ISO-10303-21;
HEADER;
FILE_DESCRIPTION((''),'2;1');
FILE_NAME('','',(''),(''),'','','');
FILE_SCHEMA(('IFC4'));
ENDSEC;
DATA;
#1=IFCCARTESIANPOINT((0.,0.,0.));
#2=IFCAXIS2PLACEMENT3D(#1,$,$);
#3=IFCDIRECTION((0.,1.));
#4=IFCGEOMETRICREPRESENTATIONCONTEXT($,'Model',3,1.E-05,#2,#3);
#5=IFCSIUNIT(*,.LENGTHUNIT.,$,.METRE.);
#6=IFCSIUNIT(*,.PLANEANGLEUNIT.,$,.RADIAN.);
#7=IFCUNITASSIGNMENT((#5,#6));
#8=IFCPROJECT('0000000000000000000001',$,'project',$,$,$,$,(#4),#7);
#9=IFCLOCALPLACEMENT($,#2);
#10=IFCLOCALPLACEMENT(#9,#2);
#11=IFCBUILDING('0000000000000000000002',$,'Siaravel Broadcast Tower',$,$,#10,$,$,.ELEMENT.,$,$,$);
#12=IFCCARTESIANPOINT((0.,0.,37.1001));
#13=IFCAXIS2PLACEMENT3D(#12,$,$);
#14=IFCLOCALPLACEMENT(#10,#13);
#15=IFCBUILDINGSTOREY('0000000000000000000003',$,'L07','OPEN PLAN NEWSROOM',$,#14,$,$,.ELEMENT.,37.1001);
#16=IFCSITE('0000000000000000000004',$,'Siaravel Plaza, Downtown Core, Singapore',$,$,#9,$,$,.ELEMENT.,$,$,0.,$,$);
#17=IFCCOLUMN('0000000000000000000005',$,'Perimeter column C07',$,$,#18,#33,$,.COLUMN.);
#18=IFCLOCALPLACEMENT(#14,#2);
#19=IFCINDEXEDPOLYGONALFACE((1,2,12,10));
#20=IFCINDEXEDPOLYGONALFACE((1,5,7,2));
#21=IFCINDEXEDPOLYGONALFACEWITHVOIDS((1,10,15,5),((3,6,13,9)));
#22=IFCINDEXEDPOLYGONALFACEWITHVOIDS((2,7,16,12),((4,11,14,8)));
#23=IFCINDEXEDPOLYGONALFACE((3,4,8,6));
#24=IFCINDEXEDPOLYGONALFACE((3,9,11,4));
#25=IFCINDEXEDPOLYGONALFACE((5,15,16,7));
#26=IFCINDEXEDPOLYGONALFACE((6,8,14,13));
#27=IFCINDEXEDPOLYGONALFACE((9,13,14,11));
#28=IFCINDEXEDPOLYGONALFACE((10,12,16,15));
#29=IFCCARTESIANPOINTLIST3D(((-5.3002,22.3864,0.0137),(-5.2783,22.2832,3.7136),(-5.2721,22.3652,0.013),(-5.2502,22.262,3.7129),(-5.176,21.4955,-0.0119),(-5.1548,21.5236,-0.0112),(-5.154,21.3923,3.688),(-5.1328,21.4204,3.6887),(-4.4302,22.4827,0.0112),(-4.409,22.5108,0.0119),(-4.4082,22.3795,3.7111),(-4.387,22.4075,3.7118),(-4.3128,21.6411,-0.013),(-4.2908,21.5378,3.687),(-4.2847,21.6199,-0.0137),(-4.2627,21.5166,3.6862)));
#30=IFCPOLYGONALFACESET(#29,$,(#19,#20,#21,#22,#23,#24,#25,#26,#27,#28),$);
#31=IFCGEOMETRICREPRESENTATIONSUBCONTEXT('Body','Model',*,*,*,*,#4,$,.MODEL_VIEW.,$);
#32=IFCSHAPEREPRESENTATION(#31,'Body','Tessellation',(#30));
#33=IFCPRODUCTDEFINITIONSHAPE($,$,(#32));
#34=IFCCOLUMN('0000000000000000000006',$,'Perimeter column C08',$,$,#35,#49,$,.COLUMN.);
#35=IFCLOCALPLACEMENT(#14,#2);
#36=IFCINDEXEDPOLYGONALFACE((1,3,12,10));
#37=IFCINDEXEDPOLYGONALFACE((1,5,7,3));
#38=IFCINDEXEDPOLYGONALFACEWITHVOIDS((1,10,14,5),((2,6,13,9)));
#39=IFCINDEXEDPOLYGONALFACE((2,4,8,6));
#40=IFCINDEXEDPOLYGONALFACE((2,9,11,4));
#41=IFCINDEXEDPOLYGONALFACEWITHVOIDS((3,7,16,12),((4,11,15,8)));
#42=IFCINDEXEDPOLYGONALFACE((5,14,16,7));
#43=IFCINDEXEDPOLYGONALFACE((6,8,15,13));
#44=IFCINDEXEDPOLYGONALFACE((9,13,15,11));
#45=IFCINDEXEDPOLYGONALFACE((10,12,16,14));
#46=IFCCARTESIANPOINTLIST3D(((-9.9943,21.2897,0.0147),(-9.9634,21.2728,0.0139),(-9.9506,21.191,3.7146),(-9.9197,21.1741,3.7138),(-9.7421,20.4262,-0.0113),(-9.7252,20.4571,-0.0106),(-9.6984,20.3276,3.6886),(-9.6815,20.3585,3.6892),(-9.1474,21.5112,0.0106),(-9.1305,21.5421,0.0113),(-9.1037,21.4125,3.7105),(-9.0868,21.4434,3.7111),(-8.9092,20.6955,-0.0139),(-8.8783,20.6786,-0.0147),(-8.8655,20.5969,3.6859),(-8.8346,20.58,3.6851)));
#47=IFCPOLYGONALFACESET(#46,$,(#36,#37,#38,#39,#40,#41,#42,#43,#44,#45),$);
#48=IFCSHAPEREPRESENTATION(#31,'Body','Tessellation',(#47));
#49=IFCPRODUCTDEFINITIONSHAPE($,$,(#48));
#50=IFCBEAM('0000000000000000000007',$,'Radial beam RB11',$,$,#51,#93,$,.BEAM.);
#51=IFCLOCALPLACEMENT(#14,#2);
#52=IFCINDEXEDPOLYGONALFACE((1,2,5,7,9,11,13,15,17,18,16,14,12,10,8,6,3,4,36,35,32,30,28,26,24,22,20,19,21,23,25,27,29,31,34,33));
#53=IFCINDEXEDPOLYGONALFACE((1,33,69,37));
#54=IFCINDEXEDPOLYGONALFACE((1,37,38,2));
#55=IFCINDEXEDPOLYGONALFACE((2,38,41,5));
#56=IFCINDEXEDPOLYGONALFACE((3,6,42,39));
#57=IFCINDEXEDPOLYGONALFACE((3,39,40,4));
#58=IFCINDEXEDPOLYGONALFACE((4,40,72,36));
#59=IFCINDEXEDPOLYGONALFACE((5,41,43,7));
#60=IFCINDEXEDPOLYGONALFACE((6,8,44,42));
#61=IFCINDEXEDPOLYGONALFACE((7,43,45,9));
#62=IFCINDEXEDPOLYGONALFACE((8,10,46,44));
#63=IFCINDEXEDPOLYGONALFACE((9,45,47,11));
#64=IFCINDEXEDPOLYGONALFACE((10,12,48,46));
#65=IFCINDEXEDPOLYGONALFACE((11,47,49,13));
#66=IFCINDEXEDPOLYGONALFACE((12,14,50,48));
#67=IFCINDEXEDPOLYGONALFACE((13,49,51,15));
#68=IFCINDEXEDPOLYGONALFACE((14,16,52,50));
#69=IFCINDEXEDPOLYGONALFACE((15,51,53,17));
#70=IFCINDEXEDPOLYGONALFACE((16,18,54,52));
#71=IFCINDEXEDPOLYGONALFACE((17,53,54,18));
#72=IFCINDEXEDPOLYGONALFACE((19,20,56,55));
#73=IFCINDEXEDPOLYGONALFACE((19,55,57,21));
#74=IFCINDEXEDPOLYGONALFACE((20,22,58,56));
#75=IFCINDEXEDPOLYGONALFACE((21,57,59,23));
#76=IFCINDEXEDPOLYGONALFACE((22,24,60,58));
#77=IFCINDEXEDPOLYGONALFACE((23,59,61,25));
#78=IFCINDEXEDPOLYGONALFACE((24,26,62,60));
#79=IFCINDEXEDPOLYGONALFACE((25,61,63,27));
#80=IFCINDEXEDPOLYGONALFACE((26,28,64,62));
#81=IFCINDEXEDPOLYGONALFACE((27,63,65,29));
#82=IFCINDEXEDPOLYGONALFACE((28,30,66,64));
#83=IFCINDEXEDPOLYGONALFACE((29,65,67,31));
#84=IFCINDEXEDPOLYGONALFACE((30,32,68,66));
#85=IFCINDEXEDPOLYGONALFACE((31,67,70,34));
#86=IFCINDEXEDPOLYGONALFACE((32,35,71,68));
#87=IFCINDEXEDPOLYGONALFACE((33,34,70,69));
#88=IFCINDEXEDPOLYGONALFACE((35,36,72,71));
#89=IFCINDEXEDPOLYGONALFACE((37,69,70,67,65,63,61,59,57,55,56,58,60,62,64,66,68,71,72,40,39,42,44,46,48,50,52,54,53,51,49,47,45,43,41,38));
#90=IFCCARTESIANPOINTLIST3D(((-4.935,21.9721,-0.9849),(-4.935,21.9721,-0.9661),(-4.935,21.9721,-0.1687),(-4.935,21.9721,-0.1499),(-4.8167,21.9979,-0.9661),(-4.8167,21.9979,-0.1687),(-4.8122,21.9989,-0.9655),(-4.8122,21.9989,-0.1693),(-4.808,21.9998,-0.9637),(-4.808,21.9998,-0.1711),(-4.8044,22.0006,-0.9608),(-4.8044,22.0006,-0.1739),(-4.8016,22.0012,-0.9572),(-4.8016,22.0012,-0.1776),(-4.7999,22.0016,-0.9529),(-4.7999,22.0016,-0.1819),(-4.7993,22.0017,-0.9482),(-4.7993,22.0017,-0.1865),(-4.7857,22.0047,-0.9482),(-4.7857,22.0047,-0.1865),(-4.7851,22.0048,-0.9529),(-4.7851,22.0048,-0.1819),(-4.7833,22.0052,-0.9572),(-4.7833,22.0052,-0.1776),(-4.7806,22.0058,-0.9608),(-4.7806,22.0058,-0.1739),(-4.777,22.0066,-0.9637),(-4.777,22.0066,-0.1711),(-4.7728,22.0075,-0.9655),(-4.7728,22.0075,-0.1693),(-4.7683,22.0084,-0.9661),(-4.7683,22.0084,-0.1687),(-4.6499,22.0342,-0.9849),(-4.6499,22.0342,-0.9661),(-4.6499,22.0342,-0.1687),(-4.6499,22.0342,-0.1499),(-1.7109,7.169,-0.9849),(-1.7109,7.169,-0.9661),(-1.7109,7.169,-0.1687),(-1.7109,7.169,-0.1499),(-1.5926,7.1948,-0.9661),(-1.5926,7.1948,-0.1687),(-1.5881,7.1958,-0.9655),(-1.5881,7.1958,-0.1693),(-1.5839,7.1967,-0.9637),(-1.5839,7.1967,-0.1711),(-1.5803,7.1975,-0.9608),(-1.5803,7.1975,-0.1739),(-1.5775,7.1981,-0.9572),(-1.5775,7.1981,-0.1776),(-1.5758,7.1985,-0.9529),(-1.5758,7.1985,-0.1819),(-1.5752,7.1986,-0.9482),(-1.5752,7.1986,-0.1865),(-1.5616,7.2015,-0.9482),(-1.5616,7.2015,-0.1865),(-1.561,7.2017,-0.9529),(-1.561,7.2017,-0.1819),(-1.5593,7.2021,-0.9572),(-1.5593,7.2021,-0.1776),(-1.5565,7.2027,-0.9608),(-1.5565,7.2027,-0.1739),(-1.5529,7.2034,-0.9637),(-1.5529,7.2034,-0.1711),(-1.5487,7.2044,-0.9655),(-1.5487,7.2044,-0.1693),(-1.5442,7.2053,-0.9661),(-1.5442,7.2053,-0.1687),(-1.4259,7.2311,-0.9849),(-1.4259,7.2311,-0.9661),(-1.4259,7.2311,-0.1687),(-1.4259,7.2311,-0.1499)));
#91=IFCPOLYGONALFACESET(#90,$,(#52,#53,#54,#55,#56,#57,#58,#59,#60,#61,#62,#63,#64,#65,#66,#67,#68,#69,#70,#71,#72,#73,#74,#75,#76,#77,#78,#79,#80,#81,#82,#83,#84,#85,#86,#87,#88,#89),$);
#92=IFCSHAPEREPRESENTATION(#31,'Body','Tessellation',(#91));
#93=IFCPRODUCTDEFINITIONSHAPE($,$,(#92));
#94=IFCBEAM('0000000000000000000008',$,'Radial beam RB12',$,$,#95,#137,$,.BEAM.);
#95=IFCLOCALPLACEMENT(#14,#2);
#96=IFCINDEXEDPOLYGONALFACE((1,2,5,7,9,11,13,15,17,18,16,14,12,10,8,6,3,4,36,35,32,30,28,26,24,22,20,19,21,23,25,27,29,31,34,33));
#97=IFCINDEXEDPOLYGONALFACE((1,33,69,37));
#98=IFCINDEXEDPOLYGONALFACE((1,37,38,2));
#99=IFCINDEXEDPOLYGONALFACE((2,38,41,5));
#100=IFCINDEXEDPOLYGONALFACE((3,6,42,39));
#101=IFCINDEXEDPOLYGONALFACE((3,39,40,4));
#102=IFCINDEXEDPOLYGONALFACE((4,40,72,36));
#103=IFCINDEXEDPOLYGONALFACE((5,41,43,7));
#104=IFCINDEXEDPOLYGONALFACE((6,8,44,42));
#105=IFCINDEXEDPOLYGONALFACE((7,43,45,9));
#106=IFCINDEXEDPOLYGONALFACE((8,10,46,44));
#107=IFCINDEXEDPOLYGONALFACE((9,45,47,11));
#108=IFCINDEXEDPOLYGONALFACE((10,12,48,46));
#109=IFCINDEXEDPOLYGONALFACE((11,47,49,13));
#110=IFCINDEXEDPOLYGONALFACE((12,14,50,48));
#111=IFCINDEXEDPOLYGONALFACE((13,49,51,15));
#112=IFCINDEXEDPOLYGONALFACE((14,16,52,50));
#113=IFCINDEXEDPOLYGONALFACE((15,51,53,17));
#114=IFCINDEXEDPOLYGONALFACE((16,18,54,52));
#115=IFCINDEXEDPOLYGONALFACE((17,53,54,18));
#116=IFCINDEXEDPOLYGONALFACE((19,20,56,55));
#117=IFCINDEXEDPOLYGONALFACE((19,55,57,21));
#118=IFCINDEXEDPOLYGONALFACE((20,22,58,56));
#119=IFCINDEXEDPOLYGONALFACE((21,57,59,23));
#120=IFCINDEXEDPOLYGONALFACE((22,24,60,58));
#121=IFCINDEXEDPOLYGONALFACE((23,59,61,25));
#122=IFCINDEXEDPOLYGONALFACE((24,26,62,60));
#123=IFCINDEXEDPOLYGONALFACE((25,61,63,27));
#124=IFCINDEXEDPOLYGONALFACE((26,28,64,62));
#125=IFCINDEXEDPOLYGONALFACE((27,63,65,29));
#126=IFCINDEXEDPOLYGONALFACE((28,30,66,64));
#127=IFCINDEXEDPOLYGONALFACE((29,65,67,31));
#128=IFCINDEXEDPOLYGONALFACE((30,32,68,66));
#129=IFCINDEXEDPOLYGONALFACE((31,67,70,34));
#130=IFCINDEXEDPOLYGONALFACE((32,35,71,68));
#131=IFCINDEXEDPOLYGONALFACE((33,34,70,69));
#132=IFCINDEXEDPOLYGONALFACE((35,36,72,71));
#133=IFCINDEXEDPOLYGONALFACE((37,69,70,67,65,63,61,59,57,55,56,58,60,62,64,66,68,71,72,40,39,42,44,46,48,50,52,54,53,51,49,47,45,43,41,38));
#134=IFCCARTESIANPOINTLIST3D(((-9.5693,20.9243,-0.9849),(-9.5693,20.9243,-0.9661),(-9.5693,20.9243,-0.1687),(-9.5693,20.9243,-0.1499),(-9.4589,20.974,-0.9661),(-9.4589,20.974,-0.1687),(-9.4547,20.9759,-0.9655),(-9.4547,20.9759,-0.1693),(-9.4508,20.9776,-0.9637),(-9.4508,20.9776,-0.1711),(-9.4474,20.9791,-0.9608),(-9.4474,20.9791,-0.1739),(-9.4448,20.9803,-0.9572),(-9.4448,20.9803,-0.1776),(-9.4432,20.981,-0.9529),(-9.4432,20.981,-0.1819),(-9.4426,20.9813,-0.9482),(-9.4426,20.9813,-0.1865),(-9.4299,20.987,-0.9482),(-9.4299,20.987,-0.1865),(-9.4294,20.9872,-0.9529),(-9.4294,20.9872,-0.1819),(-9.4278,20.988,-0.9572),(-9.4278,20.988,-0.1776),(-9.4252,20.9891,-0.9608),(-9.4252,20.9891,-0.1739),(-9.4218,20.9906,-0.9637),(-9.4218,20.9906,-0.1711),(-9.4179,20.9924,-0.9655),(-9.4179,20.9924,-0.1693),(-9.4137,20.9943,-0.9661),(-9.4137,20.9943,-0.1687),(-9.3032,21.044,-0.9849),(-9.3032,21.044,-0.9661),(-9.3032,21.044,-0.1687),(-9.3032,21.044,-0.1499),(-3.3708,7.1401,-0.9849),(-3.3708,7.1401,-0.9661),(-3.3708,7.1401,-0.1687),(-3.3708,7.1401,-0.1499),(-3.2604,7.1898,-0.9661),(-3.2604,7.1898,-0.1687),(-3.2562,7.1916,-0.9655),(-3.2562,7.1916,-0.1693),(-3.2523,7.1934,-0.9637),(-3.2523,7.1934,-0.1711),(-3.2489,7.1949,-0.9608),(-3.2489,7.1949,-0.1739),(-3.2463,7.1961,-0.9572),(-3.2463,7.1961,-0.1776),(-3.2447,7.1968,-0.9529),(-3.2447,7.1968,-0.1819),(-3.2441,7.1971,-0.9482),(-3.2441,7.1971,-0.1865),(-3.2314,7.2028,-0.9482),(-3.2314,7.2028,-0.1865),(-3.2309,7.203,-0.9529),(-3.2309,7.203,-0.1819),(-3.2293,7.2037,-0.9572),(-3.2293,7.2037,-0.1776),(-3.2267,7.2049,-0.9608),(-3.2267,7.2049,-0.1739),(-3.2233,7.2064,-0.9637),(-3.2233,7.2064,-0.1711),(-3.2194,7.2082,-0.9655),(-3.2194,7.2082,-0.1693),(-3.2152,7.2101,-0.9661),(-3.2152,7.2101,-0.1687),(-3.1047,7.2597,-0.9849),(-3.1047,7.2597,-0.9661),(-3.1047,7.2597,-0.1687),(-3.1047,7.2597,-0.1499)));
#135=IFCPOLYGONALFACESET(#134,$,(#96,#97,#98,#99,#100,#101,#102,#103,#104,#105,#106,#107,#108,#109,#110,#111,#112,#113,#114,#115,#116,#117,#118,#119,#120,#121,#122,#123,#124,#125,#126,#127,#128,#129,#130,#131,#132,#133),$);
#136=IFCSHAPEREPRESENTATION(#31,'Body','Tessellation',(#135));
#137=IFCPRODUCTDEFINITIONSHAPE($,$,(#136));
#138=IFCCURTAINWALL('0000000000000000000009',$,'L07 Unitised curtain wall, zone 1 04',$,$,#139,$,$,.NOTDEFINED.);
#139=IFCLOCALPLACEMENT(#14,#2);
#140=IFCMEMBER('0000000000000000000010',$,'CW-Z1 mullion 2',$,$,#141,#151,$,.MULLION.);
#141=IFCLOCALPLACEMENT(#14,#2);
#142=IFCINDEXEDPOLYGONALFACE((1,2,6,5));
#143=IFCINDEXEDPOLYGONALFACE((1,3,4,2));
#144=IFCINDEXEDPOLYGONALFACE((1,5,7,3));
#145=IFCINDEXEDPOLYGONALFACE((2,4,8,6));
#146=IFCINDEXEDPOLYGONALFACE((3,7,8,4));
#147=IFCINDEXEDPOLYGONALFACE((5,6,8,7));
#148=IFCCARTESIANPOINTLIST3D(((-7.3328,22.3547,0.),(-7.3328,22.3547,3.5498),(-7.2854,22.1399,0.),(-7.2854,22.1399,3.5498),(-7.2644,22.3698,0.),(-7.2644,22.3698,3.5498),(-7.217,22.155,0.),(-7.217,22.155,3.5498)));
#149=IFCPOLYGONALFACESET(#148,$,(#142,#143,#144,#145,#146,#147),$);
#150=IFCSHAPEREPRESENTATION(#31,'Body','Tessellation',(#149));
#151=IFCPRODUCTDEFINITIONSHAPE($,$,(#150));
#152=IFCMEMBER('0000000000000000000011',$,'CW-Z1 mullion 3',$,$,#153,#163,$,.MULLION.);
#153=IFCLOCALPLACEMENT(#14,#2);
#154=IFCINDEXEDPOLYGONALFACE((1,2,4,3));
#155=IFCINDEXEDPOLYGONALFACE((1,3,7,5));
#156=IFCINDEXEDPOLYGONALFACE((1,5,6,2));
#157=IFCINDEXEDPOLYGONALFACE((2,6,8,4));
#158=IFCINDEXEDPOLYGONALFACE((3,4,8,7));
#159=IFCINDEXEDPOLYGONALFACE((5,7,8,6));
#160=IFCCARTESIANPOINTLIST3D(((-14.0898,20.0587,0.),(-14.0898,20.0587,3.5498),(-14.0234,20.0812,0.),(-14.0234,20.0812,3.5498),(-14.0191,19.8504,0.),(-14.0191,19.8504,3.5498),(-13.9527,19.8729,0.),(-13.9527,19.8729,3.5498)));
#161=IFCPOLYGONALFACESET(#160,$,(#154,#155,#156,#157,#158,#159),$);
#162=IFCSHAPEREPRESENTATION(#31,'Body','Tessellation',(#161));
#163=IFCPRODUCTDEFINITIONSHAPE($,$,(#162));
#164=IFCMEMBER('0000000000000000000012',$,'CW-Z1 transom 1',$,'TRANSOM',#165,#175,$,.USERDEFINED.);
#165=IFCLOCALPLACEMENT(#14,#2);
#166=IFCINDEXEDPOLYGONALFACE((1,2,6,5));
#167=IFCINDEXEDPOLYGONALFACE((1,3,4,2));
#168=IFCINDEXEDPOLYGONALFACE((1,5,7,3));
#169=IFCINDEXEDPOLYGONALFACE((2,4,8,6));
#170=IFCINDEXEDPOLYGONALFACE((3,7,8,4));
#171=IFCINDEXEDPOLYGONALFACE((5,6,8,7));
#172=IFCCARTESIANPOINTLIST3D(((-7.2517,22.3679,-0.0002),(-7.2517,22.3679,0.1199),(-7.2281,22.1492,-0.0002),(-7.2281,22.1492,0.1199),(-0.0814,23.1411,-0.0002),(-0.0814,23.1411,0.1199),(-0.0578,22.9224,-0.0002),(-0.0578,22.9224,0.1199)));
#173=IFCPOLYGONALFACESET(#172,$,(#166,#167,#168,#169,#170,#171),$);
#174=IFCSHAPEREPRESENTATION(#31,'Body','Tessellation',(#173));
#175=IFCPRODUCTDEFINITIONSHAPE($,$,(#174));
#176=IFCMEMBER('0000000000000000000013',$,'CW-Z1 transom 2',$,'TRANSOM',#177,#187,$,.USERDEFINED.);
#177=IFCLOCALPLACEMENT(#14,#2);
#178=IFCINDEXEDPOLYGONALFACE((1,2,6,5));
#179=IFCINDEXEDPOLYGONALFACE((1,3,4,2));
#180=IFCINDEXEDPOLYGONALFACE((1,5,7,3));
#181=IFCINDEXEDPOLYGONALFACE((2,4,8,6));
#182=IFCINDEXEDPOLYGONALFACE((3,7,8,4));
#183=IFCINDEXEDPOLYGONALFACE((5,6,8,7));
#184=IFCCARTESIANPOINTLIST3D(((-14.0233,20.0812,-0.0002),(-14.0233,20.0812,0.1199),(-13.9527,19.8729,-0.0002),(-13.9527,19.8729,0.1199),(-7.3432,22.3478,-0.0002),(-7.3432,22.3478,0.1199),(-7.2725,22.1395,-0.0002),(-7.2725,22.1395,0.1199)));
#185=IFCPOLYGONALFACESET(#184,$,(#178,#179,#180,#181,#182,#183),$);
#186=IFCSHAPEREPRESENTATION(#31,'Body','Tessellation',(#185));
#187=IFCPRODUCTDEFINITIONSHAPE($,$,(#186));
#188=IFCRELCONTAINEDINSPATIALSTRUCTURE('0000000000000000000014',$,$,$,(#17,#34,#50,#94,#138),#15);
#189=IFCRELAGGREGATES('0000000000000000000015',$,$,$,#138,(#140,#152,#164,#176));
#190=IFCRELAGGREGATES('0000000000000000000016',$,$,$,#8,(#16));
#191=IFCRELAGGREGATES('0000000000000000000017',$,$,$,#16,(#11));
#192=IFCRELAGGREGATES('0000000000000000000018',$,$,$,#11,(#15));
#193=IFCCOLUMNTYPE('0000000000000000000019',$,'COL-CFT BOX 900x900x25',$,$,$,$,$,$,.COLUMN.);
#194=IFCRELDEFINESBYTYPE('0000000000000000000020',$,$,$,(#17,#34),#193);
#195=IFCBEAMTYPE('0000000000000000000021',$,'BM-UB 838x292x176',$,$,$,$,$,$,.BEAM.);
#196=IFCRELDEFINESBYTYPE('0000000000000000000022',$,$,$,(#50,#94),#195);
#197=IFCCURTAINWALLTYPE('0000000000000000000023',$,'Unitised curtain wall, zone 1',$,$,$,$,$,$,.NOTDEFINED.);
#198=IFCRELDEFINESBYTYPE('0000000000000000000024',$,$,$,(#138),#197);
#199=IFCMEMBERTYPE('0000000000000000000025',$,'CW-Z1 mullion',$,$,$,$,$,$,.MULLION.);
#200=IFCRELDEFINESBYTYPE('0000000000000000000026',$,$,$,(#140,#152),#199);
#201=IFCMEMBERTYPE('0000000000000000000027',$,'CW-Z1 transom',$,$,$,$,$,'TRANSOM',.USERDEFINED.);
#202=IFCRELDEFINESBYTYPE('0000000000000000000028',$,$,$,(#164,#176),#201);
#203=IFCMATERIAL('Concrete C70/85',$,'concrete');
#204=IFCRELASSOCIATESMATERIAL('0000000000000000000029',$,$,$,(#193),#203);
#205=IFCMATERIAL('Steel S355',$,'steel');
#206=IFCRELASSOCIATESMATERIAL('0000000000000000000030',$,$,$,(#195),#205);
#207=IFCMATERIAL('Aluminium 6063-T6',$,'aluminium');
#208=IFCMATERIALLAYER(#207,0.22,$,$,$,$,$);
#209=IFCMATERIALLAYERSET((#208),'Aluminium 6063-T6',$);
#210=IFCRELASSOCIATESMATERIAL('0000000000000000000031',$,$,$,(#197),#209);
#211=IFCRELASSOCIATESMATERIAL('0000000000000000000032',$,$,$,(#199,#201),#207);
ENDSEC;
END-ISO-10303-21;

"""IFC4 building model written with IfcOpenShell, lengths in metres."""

from ifc_helpers import new_model, si_unit, direction, frame, origin, origin_2d, place, context, subcontext, project, spatial, rectangle, hollow_rectangle, i_section, extrude, material, layer, layer_set, material_profile, profile_set, type_object, element, aggregate, save


model = new_model("IFC4")

# Units and contexts
model_context = context("Model", 3, precision=1e-05, world=origin(), true_north=direction((0.0, 1.0)))
body_context = subcontext(model_context, "Body", "Model", "MODEL_VIEW")
ifc_project = project(units=[si_unit("LENGTHUNIT", "METRE"), si_unit("PLANEANGLEUNIT", "RADIAN")], contexts=[model_context])

# Site, building, storey
site_placement = place(None, origin())
site = spatial("IfcSite", under=ifc_project, at=site_placement, Name="Siaravel Plaza, Downtown Core, Singapore", CompositionType="ELEMENT", RefElevation=0.0)
building_placement = place(site_placement, origin())
building = spatial("IfcBuilding", under=site, at=building_placement, Name="Siaravel Broadcast Tower", CompositionType="ELEMENT")
storey_placement = place(building_placement, frame((0.0, 0.0, 37.1001)))
storey = spatial("IfcBuildingStorey", under=building, at=storey_placement, Name="L07", Description="OPEN PLAN NEWSROOM", CompositionType="ELEMENT", Elevation=37.1001)

# Columns
ifc_material_1 = material(Name="Concrete C70/85", Category="concrete")
ifc_material_profile_1 = material_profile(ifc_material_1, hollow_rectangle(XDim=0.8999, YDim=0.8999, WallThickness=0.0249, at=origin_2d()))
ifc_profile_set_1 = profile_set([ifc_material_profile_1], Name="Concrete C70/85")
column_type = type_object("IfcColumnType", Name="COL-CFT BOX 900x900x25", PredefinedType="COLUMN", material=ifc_profile_set_1)
for number, where, z_axis, x_axis, name in (
    (1, (-4.7925, 22.0032, 0.0), (0.005936, -0.0279, 0.999593), (0.990401, 0.138207, -0.002024), "Perimeter column C07"),
    (2, (-9.4363, 20.9841, 0.0), (0.011806, -0.026647, 0.999575), (0.959858, 0.280461, -0.003861), "Perimeter column C08"),
):
    element("IfcColumn", number, at=place(storey_placement, frame(where, z_axis=z_axis, x_axis=x_axis)), inside=storey, type_object=column_type, Name=name, PredefinedType="COLUMN", context=body_context, shape_type="SweptSolid", body=[
        extrude(hollow_rectangle(XDim=0.8999, YDim=0.8999, WallThickness=0.0249, at=origin_2d()), origin(), (0.0, 0.0, 1.0), 3.7014),
    ])

# Beams
ifc_material_2 = material(Name="Steel S355", Category="steel")
ifc_material_profile_2 = material_profile(ifc_material_2, i_section(OverallWidth=0.2917, OverallDepth=0.835, WebThickness=0.0139, FlangeThickness=0.0188, FilletRadius=0.0178, at=origin_2d()))
ifc_profile_set_2 = profile_set([ifc_material_profile_2], Name="Steel S355")
beam_type = type_object("IfcBeamType", Name="BM-UB 838x292x176", PredefinedType="BEAM", material=ifc_profile_set_2)
beam_1_placement = place(storey_placement, frame((-4.7925, 22.0032, -0.5674), z_axis=(0.21281, -0.977094, 0.0), x_axis=(0.977094, 0.21281, 0.0)))
element("IfcBeam", 3, at=beam_1_placement, inside=storey, type_object=beam_type, Name="Radial beam RB11", PredefinedType="BEAM", context=body_context, shape_type="SweptSolid", body=[
    extrude(i_section(OverallWidth=0.2917, OverallDepth=0.835, WebThickness=0.0139, FlangeThickness=0.0188, FilletRadius=0.0178, at=origin_2d()), origin(), (0.0, 0.0, 1.0), 15.1501),
])
beam_2_placement = place(storey_placement, frame((-9.4363, 20.9841, -0.5674), z_axis=(0.410123, -0.91203, 0.0), x_axis=(0.91203, 0.410123, 0.0)))
element("IfcBeam", 4, at=beam_2_placement, inside=storey, type_object=beam_type, Name="Radial beam RB12", PredefinedType="BEAM", context=body_context, shape_type="SweptSolid", body=[
    extrude(i_section(OverallWidth=0.2917, OverallDepth=0.835, WebThickness=0.0139, FlangeThickness=0.0188, FilletRadius=0.0178, at=origin_2d()), origin(), (0.0, 0.0, 1.0), 15.1138),
])

# Curtain wall, members
ifc_material_3 = material(Name="Aluminium 6063-T6", Category="aluminium")
ifc_layer_1 = layer(ifc_material_3, 0.22)
ifc_layer_set_1 = layer_set([ifc_layer_1], Name="Aluminium 6063-T6")
curtain_wall_type = type_object("IfcCurtainWallType", Name="Unitised curtain wall, zone 1", PredefinedType="NOTDEFINED", material=ifc_layer_set_1)
curtain_wall_placement = place(storey_placement, origin())
curtain_wall = element("IfcCurtainWall", 5, at=curtain_wall_placement, inside=storey, type_object=curtain_wall_type, Name="L07 Unitised curtain wall, zone 1 04", PredefinedType="NOTDEFINED")
ifc_material_profile_3 = material_profile(ifc_material_3, rectangle(XDim=0.22, YDim=0.0701, at=origin_2d()))
ifc_profile_set_3 = profile_set([ifc_material_profile_3], Name="Aluminium 6063-T6")
member_type_1 = type_object("IfcMemberType", Name="CW-Z1 mullion", PredefinedType="MULLION", material=ifc_profile_set_3)
member_1_placement = place(storey_placement, frame((-7.2749, 22.2549, 0.0), z_axis=(0.0, 0.0, 1.0), x_axis=(0.215558, -0.976491, 0.0)))
member_1 = element("IfcMember", 6, at=member_1_placement, type_object=member_type_1, Name="CW-Z1 mullion 2", PredefinedType="MULLION", context=body_context, shape_type="SweptSolid", body=[
    extrude(rectangle(XDim=0.22, YDim=0.0701, at=origin_2d()), origin(), (0.0, 0.0, 1.0), 3.5498),
])
member_2_placement = place(storey_placement, frame((-14.0212, 19.9658, 0.0), z_axis=(0.0, 0.0, 1.0), x_axis=(0.321301, -0.946977, 0.0)))
member_2 = element("IfcMember", 7, at=member_2_placement, type_object=member_type_1, Name="CW-Z1 mullion 3", PredefinedType="MULLION", context=body_context, shape_type="SweptSolid", body=[
    extrude(rectangle(XDim=0.22, YDim=0.0701, at=origin_2d()), origin(), (0.0, 0.0, 1.0), 3.5498),
])
ifc_material_profile_4 = material_profile(ifc_material_3, rectangle(XDim=0.22, YDim=0.1201, at=origin_2d()))
ifc_profile_set_4 = profile_set([ifc_material_profile_4], Name="Aluminium 6063-T6")
member_type_2 = type_object("IfcMemberType", Name="CW-Z1 transom", ElementType="TRANSOM", PredefinedType="USERDEFINED", material=ifc_profile_set_4)
member_3_placement = place(storey_placement, frame((-0.0696, 23.0317, 0.0598), z_axis=(-0.994236, -0.10721, 0.0), x_axis=(0.10721, -0.994236, 0.0)))
member_3 = element("IfcMember", 8, at=member_3_placement, type_object=member_type_2, Name="CW-Z1 transom 1", ObjectType="TRANSOM", PredefinedType="USERDEFINED", context=body_context, shape_type="SweptSolid", body=[
    extrude(rectangle(XDim=0.22, YDim=0.1201, at=origin_2d()), origin(), (0.0, 0.0, 1.0), 7.2119),
])
member_4_placement = place(storey_placement, frame((-7.3079, 22.2437, 0.0598), z_axis=(-0.946974, -0.321311, 0.0), x_axis=(0.321311, -0.946974, 0.0)))
member_4 = element("IfcMember", 9, at=member_4_placement, type_object=member_type_2, Name="CW-Z1 transom 2", ObjectType="TRANSOM", PredefinedType="USERDEFINED", context=body_context, shape_type="SweptSolid", body=[
    extrude(rectangle(XDim=0.22, YDim=0.1201, at=origin_2d()), origin(), (0.0, 0.0, 1.0), 7.0542),
])

aggregate(curtain_wall, [member_1, member_2, member_3, member_4])

save(model, "model.ifc")
